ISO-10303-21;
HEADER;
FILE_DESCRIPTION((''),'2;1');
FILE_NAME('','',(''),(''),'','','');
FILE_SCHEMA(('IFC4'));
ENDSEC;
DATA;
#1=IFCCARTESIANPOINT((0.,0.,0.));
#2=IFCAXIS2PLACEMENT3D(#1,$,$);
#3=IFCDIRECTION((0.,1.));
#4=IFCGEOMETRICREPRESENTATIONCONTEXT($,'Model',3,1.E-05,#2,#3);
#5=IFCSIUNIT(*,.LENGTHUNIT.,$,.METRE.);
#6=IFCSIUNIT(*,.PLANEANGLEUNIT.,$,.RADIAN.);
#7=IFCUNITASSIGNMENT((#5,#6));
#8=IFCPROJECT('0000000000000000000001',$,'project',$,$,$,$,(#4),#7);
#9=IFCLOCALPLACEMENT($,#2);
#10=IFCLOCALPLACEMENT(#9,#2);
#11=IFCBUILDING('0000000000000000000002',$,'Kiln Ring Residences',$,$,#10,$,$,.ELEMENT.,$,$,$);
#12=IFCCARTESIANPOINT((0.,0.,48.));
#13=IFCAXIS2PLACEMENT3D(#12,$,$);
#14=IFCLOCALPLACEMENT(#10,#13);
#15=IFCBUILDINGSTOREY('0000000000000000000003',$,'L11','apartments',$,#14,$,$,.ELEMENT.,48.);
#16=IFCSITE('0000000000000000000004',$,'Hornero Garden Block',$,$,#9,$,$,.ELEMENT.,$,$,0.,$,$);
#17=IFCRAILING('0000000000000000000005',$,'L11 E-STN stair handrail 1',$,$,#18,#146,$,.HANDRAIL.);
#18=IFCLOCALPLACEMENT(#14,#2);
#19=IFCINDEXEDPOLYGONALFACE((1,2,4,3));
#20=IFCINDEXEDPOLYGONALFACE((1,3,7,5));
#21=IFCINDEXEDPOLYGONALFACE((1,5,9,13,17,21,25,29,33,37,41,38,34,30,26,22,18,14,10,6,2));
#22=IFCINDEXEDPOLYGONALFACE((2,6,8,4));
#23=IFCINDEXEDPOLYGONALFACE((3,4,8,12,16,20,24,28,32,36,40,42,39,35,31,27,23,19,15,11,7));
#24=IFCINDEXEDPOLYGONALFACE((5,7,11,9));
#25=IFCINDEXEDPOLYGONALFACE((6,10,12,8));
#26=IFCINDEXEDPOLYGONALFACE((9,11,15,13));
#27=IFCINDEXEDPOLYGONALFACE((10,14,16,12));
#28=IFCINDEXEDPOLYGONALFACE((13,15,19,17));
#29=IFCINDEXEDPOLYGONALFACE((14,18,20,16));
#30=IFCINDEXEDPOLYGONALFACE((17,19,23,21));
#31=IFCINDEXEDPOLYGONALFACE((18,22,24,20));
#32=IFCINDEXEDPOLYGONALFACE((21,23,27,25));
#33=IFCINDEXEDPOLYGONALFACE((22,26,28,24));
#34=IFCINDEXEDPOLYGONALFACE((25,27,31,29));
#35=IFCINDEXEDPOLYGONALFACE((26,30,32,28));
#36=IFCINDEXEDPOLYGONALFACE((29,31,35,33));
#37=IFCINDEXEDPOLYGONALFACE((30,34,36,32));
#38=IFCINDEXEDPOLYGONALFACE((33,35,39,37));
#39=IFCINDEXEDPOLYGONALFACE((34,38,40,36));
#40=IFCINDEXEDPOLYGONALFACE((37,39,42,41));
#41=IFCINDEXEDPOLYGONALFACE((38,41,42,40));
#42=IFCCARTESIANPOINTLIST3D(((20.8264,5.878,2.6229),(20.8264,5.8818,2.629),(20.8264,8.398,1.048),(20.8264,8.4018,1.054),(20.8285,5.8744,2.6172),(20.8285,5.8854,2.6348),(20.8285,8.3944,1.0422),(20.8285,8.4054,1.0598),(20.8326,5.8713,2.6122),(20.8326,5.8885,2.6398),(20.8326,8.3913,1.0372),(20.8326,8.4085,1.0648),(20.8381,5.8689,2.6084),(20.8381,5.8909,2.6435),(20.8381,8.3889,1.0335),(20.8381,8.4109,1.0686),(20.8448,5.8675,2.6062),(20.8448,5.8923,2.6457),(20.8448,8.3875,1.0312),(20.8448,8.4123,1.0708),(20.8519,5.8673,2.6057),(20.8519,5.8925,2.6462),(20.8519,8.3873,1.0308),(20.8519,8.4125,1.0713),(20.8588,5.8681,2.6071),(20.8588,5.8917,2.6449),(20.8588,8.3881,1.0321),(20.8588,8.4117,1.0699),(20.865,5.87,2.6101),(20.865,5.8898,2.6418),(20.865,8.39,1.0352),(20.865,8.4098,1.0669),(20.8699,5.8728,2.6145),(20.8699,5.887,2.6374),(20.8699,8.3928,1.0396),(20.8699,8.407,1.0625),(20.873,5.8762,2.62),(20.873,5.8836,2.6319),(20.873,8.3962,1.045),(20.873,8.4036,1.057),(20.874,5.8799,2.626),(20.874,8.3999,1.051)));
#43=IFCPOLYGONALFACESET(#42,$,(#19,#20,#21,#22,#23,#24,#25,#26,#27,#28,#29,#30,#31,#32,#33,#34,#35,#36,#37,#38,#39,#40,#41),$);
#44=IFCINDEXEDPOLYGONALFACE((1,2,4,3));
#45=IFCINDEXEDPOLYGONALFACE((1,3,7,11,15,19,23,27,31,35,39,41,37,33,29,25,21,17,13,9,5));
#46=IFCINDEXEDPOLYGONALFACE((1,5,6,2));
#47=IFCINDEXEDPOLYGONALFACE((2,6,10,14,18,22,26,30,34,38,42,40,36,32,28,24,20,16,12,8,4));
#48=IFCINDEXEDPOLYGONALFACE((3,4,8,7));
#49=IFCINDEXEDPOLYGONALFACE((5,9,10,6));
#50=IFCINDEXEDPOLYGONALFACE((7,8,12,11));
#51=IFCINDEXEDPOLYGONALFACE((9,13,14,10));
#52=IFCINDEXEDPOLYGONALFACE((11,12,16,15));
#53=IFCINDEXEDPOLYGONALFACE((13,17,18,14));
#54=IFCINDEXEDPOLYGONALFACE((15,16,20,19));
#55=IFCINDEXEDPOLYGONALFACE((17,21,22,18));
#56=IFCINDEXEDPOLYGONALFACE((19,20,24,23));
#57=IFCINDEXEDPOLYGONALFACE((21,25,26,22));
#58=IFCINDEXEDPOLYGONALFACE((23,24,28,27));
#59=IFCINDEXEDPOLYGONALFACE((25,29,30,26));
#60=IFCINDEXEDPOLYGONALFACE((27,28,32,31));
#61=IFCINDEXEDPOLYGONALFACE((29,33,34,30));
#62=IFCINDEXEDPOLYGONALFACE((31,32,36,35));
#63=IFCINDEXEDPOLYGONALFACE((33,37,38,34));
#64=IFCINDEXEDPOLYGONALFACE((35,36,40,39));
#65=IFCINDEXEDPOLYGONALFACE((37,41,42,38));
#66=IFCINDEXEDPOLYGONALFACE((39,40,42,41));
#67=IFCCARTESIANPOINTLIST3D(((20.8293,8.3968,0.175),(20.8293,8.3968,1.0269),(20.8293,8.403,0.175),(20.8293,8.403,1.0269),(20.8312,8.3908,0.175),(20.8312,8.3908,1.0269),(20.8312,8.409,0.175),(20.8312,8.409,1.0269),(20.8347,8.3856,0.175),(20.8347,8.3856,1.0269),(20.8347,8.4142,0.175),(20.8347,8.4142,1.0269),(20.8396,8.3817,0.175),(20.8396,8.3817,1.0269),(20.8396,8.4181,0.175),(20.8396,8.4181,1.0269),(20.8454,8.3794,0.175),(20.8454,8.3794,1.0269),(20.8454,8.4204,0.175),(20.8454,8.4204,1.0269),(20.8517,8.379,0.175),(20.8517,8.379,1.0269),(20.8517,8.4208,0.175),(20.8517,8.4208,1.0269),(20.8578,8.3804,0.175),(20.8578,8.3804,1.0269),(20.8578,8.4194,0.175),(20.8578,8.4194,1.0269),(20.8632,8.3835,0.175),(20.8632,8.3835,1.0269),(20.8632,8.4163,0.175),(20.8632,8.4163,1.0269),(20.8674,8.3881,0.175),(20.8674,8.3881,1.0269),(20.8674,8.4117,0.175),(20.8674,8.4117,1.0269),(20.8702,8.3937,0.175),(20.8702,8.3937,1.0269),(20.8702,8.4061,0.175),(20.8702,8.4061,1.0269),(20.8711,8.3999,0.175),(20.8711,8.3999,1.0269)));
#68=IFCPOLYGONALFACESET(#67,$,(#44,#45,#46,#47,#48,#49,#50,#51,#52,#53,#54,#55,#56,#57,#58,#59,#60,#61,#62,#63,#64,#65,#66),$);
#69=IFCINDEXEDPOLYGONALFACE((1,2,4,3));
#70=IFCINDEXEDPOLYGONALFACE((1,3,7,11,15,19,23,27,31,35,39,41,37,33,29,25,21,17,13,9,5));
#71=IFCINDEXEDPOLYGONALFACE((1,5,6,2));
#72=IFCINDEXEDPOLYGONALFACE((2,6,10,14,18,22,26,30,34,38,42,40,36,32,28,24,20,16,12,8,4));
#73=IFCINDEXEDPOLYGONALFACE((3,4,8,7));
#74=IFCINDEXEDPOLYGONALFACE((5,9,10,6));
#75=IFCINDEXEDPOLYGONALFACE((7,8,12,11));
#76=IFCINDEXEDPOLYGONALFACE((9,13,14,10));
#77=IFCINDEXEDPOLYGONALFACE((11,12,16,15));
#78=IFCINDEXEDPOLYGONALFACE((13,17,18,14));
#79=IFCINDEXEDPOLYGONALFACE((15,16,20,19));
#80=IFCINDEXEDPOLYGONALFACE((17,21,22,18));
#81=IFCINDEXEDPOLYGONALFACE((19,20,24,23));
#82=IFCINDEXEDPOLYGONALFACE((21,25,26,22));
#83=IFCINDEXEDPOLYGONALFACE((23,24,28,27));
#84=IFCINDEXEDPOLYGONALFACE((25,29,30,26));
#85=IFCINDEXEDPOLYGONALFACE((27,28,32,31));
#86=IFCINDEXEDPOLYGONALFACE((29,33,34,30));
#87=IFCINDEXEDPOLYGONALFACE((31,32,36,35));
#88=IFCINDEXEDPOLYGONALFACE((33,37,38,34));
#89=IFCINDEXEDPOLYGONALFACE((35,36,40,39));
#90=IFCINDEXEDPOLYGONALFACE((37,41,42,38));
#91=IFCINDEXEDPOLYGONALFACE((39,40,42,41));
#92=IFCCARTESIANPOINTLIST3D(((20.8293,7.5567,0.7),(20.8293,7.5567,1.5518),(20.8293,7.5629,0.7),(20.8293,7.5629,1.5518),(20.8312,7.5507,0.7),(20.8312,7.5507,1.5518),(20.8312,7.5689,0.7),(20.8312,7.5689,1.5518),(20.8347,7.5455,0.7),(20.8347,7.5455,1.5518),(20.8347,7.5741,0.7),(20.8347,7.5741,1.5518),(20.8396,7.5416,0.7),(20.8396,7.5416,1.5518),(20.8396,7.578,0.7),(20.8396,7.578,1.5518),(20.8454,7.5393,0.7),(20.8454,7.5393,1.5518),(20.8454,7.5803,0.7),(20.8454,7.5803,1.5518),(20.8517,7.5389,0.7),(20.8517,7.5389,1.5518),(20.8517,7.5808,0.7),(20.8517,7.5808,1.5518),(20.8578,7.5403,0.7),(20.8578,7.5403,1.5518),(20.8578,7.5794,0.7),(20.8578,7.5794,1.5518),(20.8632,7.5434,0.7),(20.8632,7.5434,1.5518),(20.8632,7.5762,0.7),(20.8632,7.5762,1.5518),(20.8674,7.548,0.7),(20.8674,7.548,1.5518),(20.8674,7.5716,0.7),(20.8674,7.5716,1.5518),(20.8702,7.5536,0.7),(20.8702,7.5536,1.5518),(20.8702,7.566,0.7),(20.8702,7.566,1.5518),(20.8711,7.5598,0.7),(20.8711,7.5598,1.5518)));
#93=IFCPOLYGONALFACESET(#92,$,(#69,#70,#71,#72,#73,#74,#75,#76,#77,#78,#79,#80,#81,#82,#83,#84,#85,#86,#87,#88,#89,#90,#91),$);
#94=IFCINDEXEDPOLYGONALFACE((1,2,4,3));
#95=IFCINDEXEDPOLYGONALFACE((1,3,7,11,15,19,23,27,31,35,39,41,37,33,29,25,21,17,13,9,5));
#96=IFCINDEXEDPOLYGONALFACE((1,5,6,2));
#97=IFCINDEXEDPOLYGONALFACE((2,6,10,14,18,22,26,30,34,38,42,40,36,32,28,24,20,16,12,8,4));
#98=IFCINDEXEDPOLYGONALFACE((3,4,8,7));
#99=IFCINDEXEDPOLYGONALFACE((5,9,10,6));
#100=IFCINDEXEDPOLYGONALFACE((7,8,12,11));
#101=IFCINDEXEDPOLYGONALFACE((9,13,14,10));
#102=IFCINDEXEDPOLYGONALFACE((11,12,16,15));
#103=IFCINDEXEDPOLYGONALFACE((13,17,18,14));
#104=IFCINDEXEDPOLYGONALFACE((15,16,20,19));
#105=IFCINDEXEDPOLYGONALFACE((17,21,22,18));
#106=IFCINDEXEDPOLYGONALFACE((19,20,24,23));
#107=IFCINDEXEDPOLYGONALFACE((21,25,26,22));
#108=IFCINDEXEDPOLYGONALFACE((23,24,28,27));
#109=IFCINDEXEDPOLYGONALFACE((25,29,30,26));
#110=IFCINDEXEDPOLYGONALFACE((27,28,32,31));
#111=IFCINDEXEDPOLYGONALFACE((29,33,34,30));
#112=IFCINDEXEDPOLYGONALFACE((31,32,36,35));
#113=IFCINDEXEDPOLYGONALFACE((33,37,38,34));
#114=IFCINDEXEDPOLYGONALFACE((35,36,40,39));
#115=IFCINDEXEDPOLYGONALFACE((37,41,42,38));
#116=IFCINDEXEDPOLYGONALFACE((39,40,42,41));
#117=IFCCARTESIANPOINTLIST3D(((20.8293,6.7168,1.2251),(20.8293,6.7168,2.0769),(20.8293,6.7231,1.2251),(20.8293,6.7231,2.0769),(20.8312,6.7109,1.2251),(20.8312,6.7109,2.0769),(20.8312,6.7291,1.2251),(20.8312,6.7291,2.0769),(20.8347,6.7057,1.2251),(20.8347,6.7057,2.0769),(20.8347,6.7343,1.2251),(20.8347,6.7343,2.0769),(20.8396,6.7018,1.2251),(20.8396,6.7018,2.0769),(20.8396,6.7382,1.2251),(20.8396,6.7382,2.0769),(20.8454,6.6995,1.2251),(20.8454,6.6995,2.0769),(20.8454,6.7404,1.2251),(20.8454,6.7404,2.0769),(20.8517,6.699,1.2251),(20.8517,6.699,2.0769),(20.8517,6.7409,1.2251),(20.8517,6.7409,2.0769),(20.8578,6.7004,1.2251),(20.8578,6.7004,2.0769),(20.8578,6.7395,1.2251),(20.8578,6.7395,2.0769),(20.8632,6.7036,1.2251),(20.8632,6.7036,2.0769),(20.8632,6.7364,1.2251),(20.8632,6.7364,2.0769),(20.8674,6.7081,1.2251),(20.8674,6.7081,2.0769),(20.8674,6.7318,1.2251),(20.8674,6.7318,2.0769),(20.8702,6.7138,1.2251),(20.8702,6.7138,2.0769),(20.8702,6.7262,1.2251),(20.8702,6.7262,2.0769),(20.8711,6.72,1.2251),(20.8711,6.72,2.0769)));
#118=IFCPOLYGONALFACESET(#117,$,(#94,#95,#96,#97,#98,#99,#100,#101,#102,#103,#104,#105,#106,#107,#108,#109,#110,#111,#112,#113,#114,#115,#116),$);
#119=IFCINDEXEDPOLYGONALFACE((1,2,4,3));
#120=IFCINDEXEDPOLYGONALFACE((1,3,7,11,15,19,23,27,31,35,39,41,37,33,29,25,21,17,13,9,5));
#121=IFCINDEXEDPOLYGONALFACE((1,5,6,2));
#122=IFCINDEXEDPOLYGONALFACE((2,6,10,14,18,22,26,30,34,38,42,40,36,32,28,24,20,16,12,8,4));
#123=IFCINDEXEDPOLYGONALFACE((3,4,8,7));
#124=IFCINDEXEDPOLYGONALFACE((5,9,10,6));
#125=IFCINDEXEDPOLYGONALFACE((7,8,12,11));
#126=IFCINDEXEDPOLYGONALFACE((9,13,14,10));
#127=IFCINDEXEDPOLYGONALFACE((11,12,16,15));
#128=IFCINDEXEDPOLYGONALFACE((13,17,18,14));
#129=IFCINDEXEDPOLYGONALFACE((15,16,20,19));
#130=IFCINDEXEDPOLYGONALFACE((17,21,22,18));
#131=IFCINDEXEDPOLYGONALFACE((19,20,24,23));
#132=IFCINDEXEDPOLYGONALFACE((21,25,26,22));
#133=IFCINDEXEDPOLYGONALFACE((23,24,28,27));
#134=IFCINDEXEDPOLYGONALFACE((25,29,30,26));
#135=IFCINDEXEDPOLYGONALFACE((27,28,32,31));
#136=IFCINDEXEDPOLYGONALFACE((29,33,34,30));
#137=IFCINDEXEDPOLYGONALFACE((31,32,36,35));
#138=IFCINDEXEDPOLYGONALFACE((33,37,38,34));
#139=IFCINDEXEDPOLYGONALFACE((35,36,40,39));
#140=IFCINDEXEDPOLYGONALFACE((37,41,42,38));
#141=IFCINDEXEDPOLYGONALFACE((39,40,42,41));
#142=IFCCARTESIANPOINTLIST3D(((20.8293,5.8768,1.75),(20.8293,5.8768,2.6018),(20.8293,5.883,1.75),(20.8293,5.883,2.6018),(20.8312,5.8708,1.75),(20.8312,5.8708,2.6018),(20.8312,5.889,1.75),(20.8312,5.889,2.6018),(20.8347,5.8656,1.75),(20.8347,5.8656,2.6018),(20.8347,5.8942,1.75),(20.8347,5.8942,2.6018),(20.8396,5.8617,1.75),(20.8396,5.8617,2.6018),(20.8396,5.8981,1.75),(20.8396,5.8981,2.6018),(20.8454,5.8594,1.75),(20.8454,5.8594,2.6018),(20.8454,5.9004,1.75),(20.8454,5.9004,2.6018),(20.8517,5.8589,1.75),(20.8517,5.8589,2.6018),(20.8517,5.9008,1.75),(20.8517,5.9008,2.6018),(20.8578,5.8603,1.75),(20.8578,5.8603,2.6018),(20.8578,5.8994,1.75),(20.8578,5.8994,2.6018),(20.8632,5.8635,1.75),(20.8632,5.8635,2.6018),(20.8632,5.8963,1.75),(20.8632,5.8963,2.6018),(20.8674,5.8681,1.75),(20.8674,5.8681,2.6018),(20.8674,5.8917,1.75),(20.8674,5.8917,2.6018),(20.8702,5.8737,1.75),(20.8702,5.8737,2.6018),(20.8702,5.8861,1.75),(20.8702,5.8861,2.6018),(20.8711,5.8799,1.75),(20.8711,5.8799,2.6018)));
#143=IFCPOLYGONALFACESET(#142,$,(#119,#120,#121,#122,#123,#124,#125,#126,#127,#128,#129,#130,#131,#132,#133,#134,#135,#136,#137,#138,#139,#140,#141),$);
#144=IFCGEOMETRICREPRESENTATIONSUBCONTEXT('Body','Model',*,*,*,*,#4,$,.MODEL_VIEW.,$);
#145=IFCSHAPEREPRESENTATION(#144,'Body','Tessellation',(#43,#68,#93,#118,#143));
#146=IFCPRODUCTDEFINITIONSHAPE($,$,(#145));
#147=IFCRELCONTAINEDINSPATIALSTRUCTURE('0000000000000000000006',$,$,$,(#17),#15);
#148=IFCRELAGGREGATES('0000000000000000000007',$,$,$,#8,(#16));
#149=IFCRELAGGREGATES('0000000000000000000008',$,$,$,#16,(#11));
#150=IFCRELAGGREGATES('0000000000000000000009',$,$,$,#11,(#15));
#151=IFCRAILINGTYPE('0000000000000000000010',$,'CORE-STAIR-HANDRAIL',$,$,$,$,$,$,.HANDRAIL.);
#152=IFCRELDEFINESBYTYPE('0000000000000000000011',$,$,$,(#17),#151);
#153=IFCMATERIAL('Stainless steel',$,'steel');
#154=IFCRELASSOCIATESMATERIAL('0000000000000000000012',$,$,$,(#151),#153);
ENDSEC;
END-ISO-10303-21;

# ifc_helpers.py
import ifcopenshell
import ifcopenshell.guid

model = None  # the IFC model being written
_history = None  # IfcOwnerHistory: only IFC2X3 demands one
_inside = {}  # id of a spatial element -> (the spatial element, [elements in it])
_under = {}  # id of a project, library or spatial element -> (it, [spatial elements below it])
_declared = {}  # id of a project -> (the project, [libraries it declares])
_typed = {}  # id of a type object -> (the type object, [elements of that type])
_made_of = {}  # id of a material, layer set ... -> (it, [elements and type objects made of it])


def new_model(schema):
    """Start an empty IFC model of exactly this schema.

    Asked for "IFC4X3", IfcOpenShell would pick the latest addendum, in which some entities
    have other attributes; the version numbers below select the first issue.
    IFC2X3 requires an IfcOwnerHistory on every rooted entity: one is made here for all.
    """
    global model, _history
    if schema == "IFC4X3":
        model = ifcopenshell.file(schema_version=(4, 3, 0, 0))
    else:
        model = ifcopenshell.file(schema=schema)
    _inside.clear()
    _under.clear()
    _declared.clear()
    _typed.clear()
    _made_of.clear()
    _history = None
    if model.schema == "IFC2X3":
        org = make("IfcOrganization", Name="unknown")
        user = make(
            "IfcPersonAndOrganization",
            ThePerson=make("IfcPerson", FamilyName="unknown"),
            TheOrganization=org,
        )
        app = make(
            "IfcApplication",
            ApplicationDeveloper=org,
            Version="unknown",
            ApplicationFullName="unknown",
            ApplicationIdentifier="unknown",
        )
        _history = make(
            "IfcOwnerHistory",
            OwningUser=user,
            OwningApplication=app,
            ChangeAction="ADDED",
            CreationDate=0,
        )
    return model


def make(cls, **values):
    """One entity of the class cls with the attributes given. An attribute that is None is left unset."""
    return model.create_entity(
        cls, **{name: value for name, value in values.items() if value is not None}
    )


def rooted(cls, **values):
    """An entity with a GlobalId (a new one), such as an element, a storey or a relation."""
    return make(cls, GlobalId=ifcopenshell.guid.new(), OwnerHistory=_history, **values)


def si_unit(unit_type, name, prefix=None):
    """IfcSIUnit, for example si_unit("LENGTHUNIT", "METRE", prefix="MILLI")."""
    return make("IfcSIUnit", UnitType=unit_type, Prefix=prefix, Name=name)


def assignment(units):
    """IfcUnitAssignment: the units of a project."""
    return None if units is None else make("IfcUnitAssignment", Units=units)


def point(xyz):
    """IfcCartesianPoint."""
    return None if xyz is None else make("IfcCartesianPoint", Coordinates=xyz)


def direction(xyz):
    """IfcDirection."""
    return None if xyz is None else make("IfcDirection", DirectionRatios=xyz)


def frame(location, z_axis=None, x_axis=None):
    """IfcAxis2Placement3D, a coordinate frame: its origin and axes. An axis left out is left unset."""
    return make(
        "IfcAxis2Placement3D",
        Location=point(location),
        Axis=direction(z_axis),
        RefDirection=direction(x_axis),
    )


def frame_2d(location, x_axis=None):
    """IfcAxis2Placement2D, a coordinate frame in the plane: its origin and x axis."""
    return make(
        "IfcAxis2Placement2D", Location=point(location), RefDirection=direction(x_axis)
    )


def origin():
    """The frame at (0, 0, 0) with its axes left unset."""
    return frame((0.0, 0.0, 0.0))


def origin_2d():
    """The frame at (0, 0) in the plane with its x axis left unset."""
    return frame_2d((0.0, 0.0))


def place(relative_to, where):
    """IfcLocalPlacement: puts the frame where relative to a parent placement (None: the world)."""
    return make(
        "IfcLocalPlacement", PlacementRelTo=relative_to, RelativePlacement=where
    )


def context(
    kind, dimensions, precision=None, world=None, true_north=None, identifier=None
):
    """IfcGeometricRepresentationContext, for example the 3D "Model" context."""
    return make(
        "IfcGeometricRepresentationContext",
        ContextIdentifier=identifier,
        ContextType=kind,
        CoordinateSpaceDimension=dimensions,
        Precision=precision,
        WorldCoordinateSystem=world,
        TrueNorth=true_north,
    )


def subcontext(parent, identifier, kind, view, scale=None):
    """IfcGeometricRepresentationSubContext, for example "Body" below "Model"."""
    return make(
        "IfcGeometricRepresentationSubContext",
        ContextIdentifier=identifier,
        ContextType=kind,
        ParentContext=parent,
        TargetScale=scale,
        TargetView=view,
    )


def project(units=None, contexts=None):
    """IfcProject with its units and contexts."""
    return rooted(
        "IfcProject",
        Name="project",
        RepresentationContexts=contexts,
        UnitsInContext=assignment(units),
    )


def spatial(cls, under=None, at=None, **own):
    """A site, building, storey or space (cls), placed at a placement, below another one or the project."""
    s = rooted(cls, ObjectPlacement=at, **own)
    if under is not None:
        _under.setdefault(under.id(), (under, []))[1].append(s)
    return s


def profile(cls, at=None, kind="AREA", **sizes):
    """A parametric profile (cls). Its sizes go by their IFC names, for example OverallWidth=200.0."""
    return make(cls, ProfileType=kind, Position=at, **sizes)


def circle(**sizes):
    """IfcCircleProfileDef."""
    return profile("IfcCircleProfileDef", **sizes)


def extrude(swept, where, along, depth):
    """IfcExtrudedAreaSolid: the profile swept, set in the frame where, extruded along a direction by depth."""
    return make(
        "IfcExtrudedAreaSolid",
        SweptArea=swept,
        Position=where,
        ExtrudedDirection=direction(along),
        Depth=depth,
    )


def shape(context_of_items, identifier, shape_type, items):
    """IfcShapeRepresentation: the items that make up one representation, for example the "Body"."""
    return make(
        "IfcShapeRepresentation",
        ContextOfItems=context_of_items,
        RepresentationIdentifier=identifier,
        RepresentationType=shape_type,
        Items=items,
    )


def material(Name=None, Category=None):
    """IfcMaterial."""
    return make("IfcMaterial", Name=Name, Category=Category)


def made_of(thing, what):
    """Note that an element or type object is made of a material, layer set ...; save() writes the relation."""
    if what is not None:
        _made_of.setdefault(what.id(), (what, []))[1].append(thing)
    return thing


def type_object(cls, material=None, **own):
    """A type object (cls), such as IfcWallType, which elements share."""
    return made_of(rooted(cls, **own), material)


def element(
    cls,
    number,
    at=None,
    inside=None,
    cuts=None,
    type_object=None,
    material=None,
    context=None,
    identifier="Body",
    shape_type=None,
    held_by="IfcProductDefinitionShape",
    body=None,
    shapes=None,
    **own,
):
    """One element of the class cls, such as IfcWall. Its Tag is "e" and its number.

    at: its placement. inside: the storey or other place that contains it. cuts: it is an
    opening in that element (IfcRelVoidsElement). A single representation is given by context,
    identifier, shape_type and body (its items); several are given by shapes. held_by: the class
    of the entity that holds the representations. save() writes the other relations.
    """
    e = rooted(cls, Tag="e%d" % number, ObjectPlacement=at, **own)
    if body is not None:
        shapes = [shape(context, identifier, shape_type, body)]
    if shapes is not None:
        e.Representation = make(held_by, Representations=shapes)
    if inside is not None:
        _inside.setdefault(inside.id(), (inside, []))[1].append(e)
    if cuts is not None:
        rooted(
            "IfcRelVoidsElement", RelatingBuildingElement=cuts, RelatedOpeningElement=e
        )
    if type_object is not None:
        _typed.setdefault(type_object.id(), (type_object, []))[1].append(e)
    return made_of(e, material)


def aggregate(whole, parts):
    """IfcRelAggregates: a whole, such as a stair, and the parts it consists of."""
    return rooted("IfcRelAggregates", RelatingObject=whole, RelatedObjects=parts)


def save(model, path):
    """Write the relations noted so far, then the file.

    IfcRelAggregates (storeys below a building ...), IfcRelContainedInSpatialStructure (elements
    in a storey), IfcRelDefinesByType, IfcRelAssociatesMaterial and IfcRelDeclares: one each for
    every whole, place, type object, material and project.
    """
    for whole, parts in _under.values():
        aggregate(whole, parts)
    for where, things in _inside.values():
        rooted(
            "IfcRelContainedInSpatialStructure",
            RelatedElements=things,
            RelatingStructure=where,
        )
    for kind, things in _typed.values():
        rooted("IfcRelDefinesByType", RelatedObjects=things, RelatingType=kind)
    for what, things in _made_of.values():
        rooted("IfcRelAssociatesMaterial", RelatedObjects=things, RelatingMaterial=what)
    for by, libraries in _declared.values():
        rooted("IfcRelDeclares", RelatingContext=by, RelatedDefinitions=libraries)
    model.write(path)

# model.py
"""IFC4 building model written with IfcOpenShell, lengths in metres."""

from ifc_helpers import new_model, si_unit, direction, frame, origin, origin_2d, place, context, subcontext, project, spatial, circle, extrude, material, type_object, element, save


model = new_model("IFC4")

# Units and contexts
model_context = context("Model", 3, precision=1e-05, world=origin(), true_north=direction((0.0, 1.0)))
body_context = subcontext(model_context, "Body", "Model", "MODEL_VIEW")
ifc_project = project(units=[si_unit("LENGTHUNIT", "METRE"), si_unit("PLANEANGLEUNIT", "RADIAN")], contexts=[model_context])

# Site, building, storey
site_placement = place(None, origin())
site = spatial("IfcSite", under=ifc_project, at=site_placement, Name="Hornero Garden Block", CompositionType="ELEMENT", RefElevation=0.0)
building_placement = place(site_placement, origin())
building = spatial("IfcBuilding", under=site, at=building_placement, Name="Kiln Ring Residences", CompositionType="ELEMENT")
storey_placement = place(building_placement, frame((0.0, 0.0, 48.0)))
storey = spatial("IfcBuildingStorey", under=building, at=storey_placement, Name="L11", Description="apartments", CompositionType="ELEMENT", Elevation=48.0)

# Railing
ifc_material_1 = material(Name="Stainless steel", Category="steel")
railing_type_1 = type_object("IfcRailingType", Name="CORE-STAIR-HANDRAIL", PredefinedType="HANDRAIL", material=ifc_material_1)
railing_1_placement = place(storey_placement, frame((20.8501, 8.3999, 0.175)))
element("IfcRailing", 1, at=railing_1_placement, inside=storey, type_object=railing_type_1, Name="L11 E-STN stair handrail 1", PredefinedType="HANDRAIL", context=body_context, shape_type="SweptSolid", body=[
    extrude(circle(Radius=0.0239, at=origin_2d()), frame((0.0, 0.0, 0.876), z_axis=(0.0, -0.848008, 0.529984), x_axis=(1.0, 0.0, 0.0)), (0.0, 0.0, 1.0), 2.9717),
    extrude(circle(Radius=0.021, at=origin_2d()), origin(), (0.0, 0.0, 1.0), 0.8518),
    extrude(circle(Radius=0.021, at=origin_2d()), frame((0.0, -0.8401, 0.5249)), (0.0, 0.0, 1.0), 0.8518),
    extrude(circle(Radius=0.021, at=origin_2d()), frame((0.0, -1.6799, 1.05)), (0.0, 0.0, 1.0), 0.8518),
    extrude(circle(Radius=0.021, at=origin_2d()), frame((0.0, -2.52, 1.575)), (0.0, 0.0, 1.0), 0.8518),
])

save(model, "model.ifc")
